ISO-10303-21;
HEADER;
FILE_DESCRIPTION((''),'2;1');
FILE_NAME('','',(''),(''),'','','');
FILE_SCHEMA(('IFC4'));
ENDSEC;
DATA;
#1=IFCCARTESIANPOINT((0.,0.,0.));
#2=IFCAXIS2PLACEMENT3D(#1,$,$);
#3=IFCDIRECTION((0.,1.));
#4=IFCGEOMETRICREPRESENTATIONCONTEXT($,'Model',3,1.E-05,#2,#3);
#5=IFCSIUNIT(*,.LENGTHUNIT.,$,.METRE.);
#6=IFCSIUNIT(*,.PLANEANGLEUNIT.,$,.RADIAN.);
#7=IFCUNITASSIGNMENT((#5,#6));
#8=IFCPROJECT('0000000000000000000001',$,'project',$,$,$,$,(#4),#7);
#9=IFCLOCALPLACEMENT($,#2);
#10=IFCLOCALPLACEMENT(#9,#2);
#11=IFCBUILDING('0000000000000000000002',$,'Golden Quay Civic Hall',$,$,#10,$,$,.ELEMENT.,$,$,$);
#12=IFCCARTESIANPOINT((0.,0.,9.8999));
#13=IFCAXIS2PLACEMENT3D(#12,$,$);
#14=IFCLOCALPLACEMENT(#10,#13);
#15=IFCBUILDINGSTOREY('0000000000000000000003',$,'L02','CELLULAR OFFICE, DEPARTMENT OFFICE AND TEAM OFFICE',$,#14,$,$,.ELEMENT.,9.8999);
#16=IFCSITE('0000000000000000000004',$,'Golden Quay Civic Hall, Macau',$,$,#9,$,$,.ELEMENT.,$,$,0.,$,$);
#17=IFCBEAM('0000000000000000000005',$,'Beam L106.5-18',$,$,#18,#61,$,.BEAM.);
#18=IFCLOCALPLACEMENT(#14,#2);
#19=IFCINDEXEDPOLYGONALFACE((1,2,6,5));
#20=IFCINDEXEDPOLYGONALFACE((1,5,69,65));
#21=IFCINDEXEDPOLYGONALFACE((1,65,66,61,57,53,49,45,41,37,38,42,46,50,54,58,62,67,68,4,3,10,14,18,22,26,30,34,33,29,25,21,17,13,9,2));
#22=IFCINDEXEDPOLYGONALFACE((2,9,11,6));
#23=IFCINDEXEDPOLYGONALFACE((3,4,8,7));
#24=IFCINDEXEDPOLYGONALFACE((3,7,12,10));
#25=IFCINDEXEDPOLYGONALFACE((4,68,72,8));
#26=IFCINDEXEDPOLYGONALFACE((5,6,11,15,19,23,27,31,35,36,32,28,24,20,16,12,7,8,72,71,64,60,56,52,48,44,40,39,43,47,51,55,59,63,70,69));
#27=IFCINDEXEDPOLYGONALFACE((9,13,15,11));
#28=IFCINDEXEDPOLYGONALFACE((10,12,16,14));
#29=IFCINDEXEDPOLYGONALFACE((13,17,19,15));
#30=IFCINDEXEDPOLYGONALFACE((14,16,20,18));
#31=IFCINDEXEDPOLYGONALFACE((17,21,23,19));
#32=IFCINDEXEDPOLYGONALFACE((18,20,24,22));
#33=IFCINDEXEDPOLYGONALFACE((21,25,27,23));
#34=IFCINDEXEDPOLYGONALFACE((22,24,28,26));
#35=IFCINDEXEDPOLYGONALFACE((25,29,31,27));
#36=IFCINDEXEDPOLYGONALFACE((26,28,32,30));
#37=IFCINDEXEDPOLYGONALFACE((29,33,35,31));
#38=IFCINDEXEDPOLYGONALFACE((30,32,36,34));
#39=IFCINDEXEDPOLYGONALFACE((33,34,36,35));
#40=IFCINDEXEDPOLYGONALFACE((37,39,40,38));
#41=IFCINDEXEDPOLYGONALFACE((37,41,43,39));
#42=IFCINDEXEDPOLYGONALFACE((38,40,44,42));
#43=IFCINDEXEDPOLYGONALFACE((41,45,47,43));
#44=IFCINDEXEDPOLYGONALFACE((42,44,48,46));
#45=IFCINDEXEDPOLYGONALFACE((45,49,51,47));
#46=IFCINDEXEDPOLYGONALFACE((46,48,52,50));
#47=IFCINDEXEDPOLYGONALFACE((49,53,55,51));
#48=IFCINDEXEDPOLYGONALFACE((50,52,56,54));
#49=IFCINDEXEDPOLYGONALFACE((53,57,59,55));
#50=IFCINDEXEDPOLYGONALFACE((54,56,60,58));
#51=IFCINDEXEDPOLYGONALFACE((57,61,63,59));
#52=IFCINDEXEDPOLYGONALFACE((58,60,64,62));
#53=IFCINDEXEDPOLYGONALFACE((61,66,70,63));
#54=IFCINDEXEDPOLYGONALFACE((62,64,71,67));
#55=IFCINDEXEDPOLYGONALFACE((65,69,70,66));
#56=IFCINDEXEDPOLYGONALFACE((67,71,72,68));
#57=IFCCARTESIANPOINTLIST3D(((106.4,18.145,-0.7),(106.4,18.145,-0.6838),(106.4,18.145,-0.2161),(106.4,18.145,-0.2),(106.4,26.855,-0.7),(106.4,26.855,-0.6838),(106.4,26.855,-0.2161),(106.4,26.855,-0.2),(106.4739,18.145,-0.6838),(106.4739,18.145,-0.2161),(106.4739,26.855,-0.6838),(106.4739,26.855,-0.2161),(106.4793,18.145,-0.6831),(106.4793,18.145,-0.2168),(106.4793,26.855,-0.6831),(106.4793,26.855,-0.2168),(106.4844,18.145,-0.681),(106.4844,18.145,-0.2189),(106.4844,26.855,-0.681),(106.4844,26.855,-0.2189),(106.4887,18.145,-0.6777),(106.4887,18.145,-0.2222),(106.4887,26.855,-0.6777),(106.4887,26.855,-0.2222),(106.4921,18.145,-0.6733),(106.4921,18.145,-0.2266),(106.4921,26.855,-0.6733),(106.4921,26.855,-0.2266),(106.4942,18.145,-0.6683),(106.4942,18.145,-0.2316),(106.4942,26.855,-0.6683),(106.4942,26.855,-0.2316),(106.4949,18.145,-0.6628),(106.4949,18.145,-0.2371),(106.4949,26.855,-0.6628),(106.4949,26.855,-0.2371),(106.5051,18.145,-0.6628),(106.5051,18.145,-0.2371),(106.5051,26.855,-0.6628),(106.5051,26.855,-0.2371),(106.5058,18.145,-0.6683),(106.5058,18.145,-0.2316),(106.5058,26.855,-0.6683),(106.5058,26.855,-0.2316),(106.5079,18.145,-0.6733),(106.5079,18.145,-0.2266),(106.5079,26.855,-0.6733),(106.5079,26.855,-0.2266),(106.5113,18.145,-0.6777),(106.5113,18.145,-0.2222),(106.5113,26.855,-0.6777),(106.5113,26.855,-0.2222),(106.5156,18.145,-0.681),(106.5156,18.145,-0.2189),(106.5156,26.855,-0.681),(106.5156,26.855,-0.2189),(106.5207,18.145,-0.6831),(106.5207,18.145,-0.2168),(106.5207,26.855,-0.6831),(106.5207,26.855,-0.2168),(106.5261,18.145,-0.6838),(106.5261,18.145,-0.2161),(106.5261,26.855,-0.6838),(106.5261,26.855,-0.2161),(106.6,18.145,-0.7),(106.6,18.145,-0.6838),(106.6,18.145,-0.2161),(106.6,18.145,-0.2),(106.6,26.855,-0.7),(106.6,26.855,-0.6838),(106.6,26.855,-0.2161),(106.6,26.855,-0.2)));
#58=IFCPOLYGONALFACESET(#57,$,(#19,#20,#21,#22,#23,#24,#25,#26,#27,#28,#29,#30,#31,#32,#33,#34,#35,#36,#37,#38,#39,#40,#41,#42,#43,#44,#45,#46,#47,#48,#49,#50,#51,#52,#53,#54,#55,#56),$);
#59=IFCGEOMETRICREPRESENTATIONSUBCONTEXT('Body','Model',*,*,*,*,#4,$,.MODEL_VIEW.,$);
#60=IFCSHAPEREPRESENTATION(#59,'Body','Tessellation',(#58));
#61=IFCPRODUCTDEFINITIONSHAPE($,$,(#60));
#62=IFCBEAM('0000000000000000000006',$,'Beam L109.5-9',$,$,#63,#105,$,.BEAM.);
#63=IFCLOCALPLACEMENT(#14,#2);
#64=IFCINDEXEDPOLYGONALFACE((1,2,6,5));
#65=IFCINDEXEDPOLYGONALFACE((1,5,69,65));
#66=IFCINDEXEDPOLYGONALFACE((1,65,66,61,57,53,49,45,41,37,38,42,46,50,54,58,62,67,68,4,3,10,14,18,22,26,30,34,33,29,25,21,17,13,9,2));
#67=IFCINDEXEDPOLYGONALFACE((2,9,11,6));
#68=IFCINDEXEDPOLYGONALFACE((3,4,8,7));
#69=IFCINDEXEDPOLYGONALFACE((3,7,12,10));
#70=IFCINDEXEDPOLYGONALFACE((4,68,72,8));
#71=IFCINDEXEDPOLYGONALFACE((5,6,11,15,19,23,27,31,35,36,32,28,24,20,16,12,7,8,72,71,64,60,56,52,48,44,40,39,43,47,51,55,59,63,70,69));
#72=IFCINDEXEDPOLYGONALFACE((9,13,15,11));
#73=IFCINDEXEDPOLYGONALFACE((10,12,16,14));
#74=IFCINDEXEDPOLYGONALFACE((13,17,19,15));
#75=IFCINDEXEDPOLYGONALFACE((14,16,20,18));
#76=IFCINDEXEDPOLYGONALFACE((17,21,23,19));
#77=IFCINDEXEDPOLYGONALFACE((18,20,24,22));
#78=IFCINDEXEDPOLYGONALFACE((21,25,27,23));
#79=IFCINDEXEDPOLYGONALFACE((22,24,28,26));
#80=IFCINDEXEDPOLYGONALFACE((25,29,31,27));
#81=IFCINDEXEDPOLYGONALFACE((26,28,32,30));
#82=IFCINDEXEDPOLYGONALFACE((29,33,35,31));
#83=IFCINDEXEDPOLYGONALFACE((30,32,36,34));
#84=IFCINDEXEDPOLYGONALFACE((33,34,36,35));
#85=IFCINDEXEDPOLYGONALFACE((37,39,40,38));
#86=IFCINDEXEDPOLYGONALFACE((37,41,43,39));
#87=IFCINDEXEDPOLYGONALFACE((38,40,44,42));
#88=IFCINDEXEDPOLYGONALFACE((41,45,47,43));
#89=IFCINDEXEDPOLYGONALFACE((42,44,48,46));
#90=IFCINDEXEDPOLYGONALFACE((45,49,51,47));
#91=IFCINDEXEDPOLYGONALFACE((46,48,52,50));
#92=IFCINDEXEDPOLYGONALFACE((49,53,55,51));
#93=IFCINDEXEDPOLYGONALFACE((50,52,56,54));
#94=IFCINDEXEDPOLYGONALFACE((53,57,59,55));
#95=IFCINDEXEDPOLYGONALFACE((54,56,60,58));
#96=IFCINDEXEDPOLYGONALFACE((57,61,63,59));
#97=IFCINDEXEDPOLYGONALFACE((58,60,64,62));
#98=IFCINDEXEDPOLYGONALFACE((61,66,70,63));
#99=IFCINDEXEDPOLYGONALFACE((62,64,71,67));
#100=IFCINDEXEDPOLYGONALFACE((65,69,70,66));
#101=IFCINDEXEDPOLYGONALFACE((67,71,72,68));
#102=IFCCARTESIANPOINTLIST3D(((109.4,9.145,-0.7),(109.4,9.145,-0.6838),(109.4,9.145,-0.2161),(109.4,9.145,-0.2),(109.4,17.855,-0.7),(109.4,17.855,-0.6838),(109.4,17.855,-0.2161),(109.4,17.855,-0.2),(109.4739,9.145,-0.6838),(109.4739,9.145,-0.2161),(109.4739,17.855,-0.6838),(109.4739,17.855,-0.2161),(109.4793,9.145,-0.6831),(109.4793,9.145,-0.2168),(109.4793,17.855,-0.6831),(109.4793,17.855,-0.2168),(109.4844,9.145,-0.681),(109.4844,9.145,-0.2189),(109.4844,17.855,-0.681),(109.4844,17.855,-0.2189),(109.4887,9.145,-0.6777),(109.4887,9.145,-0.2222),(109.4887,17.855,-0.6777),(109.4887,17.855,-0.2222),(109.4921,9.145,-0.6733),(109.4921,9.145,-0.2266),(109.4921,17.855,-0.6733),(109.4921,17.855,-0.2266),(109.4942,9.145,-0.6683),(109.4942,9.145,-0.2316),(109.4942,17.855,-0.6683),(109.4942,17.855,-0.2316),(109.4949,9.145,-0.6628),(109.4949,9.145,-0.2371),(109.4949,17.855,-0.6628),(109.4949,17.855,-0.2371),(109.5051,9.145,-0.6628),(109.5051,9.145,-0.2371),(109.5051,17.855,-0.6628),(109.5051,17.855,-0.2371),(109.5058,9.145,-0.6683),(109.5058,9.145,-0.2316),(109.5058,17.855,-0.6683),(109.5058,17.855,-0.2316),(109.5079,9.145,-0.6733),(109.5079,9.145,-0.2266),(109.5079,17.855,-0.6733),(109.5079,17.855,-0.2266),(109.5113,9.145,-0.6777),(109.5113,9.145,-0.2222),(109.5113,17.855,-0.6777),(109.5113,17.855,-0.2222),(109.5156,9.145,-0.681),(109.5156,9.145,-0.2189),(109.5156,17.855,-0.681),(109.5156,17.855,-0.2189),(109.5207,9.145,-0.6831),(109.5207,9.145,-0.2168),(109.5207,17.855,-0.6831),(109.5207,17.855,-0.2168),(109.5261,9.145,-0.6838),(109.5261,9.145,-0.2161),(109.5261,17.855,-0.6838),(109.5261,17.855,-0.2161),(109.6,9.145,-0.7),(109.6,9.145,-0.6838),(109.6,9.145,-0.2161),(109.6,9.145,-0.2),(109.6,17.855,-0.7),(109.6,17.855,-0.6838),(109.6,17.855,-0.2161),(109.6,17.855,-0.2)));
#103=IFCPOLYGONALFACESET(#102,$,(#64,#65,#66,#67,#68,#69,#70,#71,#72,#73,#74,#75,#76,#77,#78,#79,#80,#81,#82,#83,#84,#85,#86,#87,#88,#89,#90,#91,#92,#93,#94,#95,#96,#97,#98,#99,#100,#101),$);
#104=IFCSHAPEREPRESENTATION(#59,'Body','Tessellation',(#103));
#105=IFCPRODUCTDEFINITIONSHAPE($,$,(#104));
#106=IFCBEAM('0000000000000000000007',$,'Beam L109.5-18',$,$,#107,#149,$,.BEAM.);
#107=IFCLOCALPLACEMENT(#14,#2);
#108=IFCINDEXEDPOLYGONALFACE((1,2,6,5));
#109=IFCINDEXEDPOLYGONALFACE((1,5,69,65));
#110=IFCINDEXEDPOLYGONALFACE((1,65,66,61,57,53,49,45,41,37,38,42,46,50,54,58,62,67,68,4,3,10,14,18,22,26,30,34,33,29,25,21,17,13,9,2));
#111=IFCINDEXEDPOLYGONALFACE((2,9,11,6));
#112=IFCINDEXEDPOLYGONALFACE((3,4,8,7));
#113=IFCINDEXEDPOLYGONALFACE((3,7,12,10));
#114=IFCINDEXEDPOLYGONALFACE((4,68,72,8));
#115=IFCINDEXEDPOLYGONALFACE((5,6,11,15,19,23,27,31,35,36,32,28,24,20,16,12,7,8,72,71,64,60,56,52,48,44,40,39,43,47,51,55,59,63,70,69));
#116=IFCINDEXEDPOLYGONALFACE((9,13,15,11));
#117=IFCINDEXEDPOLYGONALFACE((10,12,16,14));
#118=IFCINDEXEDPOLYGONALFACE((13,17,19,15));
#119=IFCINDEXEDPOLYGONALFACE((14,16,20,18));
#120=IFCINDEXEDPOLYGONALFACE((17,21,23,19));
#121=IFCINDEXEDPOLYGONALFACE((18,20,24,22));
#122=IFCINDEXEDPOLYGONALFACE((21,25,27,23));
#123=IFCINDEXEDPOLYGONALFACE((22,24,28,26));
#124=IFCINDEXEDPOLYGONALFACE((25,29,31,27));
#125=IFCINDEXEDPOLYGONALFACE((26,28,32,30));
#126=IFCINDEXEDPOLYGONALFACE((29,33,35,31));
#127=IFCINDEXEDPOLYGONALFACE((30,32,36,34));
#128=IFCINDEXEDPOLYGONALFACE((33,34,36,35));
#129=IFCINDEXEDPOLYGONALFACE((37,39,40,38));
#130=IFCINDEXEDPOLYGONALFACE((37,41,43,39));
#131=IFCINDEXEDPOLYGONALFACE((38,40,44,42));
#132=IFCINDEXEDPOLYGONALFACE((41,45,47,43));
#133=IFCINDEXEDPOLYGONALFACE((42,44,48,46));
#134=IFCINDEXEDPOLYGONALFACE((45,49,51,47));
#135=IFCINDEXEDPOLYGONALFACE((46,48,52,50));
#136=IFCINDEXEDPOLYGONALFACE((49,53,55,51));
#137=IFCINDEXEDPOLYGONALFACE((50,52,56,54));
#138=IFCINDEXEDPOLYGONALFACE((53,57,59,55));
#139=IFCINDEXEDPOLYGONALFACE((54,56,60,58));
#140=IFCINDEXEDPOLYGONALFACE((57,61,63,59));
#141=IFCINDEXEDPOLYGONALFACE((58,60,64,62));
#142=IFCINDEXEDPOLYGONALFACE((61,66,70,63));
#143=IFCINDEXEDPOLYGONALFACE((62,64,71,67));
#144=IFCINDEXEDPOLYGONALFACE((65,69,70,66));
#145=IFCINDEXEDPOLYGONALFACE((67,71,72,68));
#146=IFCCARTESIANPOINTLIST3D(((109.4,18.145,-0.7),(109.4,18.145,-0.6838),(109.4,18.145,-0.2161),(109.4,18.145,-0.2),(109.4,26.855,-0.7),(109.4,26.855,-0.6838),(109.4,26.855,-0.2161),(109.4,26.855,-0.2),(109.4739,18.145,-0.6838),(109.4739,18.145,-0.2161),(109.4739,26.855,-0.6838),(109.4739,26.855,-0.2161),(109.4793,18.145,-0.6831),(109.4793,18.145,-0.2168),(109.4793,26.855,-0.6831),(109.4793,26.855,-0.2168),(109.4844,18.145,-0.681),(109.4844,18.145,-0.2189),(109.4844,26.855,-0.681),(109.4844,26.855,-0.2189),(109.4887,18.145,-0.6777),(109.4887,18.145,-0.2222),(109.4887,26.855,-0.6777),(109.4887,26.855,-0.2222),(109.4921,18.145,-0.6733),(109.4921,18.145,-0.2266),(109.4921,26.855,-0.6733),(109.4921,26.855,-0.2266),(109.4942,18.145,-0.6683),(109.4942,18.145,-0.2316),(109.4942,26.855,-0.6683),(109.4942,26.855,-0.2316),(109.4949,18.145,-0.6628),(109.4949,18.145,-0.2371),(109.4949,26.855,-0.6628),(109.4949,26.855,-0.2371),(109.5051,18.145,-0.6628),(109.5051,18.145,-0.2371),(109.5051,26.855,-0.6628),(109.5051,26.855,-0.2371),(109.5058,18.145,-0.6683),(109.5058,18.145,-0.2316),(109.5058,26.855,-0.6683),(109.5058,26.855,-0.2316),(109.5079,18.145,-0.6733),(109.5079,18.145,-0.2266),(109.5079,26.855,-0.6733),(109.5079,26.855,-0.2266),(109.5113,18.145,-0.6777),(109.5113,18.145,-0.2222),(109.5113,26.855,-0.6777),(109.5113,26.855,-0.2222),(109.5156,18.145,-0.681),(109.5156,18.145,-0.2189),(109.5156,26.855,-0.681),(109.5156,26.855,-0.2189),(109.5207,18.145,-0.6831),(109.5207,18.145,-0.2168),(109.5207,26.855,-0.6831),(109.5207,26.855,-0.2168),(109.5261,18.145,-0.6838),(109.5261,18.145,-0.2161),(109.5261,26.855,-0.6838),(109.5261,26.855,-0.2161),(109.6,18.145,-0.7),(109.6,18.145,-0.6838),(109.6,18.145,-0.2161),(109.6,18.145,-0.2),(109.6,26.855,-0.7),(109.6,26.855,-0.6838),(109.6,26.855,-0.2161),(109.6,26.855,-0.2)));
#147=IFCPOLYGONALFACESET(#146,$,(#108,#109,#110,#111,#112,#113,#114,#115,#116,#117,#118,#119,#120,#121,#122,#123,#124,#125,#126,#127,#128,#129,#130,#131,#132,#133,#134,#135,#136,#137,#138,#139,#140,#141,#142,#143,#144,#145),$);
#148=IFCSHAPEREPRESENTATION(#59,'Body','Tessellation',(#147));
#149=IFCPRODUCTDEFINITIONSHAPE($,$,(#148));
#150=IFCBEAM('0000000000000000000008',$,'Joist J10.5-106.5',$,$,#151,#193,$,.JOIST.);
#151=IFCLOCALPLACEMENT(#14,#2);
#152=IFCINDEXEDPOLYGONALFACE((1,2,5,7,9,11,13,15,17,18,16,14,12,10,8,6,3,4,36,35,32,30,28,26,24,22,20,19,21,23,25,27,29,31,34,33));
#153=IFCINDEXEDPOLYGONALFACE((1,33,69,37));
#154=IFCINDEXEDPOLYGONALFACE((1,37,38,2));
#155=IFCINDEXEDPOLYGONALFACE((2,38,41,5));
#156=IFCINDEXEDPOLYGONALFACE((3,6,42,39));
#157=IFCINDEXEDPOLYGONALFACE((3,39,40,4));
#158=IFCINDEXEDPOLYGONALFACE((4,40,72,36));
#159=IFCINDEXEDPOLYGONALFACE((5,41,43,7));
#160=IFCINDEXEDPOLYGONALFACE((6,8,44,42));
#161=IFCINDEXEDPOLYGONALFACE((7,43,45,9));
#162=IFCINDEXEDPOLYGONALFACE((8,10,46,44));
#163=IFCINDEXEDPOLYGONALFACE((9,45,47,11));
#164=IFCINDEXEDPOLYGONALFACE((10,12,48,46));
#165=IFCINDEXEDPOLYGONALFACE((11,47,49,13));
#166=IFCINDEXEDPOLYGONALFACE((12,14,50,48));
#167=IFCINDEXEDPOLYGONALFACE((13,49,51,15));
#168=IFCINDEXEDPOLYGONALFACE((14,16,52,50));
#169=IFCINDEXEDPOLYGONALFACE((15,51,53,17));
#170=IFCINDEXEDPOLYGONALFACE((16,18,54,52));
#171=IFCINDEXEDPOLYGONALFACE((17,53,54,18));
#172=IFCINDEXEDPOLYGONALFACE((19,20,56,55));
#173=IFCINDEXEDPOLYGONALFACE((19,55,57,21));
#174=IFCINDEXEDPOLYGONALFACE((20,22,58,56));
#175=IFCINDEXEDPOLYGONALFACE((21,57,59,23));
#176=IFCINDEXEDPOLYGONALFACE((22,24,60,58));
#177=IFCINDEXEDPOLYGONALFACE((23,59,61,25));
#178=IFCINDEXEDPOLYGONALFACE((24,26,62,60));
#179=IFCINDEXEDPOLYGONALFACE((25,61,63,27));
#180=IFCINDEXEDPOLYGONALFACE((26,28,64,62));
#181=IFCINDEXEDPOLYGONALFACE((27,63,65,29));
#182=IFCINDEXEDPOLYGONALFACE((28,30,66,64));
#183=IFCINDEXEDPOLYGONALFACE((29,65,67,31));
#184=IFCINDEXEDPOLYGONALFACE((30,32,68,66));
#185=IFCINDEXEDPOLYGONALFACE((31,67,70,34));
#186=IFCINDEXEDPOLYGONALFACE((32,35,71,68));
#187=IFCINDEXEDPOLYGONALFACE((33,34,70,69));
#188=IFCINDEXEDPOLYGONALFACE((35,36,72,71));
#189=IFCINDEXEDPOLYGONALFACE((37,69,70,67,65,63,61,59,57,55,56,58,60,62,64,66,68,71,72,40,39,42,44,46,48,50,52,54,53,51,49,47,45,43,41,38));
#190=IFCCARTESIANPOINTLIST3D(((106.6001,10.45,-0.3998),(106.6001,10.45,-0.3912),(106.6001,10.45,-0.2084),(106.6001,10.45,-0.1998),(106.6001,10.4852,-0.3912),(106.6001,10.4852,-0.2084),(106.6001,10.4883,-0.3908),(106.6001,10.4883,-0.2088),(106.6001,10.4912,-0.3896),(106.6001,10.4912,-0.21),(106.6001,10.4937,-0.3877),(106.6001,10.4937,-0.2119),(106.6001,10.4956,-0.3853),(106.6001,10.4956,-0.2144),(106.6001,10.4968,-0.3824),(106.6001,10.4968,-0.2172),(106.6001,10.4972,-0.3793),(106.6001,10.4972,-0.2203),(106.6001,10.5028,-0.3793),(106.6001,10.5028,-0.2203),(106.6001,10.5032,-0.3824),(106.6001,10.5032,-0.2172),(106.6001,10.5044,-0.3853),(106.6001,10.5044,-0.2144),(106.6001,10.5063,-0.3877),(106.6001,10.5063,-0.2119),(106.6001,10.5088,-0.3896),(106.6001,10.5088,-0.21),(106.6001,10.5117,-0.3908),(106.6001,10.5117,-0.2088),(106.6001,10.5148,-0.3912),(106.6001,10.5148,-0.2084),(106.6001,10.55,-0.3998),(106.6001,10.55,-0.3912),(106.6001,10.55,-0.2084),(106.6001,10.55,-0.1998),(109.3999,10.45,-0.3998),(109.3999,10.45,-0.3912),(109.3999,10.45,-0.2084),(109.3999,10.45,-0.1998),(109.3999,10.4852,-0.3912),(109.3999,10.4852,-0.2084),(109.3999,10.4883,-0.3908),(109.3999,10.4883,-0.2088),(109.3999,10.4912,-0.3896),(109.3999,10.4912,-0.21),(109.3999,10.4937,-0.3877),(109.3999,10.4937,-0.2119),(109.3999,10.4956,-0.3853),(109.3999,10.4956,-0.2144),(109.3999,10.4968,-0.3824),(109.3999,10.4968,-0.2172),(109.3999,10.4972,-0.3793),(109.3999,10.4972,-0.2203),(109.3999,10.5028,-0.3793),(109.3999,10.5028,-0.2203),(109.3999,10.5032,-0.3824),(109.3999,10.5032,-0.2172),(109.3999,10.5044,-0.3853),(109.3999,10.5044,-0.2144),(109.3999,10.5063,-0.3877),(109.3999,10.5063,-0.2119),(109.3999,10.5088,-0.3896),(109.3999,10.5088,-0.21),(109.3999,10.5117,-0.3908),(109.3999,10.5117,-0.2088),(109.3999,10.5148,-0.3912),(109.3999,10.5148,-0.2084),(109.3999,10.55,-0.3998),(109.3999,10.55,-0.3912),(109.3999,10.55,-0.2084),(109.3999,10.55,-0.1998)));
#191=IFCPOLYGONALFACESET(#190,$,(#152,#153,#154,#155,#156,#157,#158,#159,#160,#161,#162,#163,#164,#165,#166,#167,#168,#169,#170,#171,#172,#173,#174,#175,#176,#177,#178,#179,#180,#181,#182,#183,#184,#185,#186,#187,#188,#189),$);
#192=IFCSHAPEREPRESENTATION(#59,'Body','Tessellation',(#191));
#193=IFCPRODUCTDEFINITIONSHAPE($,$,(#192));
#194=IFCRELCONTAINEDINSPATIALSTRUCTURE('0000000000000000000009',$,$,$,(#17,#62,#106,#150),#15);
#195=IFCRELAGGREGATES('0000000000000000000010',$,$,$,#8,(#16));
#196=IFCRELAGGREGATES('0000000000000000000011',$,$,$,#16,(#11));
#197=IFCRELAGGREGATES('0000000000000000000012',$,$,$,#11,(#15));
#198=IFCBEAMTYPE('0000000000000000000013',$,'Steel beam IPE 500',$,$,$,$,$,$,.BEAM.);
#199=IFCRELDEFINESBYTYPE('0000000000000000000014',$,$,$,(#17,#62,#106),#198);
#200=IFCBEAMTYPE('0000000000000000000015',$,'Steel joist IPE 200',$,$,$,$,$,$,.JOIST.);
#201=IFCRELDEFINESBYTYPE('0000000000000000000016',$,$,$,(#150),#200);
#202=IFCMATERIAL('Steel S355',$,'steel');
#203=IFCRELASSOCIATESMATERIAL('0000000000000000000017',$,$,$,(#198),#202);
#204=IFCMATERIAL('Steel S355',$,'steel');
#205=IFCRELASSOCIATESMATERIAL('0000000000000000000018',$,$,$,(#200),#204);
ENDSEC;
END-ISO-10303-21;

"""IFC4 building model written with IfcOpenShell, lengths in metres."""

from ifc_helpers import new_model, si_unit, direction, frame, origin, origin_2d, place, context, subcontext, project, spatial, i_section, extrude, material, material_profile, profile_set, type_object, element, save


model = new_model("IFC4")

# Units and contexts
model_context = context("Model", 3, precision=1e-05, world=origin(), true_north=direction((0.0, 1.0)))
body_context = subcontext(model_context, "Body", "Model", "MODEL_VIEW")
ifc_project = project(units=[si_unit("LENGTHUNIT", "METRE"), si_unit("PLANEANGLEUNIT", "RADIAN")], contexts=[model_context])

# Site, building, storey
site_placement = place(None, origin())
site = spatial("IfcSite", under=ifc_project, at=site_placement, Name="Golden Quay Civic Hall, Macau", CompositionType="ELEMENT", RefElevation=0.0)
building_placement = place(site_placement, origin())
building = spatial("IfcBuilding", under=site, at=building_placement, Name="Golden Quay Civic Hall", CompositionType="ELEMENT")
storey_placement = place(building_placement, frame((0.0, 0.0, 9.8999)))
storey = spatial("IfcBuildingStorey", under=building, at=storey_placement, Name="L02", Description="CELLULAR OFFICE, DEPARTMENT OFFICE AND TEAM OFFICE", CompositionType="ELEMENT", Elevation=9.8999)

# Beams
ifc_material_1 = material(Name="Steel S355", Category="steel")
ifc_material_profile_1 = material_profile(ifc_material_1, i_section(OverallWidth=0.2, OverallDepth=0.5, WebThickness=0.0103, FlangeThickness=0.0161, FilletRadius=0.021, at=origin_2d()), Name="IPE 500")
ifc_profile_set_1 = profile_set([ifc_material_profile_1], Name="Steel S355")
beam_type_1 = type_object("IfcBeamType", Name="Steel beam IPE 500", PredefinedType="BEAM", material=ifc_profile_set_1)
for number, where, z_axis, x_axis, name in (
    (1, (106.5, 18.145, -0.45), (0.0, 1.0, 0.0), (-1.0, 0.0, 0.0), "Beam L106.5-18"),
    (2, (109.5, 9.145, -0.45), (0.0, 1.0, 0.0), (-1.0, 0.0, 0.0), "Beam L109.5-9"),
    (3, (109.5, 18.145, -0.45), (0.0, 1.0, 0.0), (-1.0, 0.0, 0.0), "Beam L109.5-18"),
):
    element("IfcBeam", number, at=place(storey_placement, frame(where, z_axis=z_axis, x_axis=x_axis)), inside=storey, type_object=beam_type_1, Name=name, PredefinedType="BEAM", context=body_context, shape_type="SweptSolid", body=[
        extrude(i_section(OverallWidth=0.2, OverallDepth=0.5, WebThickness=0.0103, FlangeThickness=0.0161, FilletRadius=0.021, at=origin_2d()), origin(), (0.0, 0.0, 1.0), 8.71),
    ])
ifc_material_2 = material(Name="Steel S355", Category="steel")
ifc_material_profile_2 = material_profile(ifc_material_2, i_section(OverallWidth=0.1001, OverallDepth=0.2, WebThickness=0.0056, FlangeThickness=0.0085, FilletRadius=0.012, at=origin_2d()), Name="IPE 200")
ifc_profile_set_2 = profile_set([ifc_material_profile_2], Name="Steel S355")
beam_type_2 = type_object("IfcBeamType", Name="Steel joist IPE 200", PredefinedType="JOIST", material=ifc_profile_set_2)
for number, where, z_axis, x_axis, name in (
    (4, (106.6001, 10.5, -0.2998), (1.0, 0.0, 0.0), (0.0, 1.0, 0.0), "Joist J10.5-106.5"),
):
    element("IfcBeam", number, at=place(storey_placement, frame(where, z_axis=z_axis, x_axis=x_axis)), inside=storey, type_object=beam_type_2, Name=name, PredefinedType="JOIST", context=body_context, shape_type="SweptSolid", body=[
        extrude(i_section(OverallWidth=0.1001, OverallDepth=0.2, WebThickness=0.0056, FlangeThickness=0.0085, FilletRadius=0.012, at=origin_2d()), origin(), (0.0, 0.0, 1.0), 2.7998),
    ])

save(model, "model.ifc")
